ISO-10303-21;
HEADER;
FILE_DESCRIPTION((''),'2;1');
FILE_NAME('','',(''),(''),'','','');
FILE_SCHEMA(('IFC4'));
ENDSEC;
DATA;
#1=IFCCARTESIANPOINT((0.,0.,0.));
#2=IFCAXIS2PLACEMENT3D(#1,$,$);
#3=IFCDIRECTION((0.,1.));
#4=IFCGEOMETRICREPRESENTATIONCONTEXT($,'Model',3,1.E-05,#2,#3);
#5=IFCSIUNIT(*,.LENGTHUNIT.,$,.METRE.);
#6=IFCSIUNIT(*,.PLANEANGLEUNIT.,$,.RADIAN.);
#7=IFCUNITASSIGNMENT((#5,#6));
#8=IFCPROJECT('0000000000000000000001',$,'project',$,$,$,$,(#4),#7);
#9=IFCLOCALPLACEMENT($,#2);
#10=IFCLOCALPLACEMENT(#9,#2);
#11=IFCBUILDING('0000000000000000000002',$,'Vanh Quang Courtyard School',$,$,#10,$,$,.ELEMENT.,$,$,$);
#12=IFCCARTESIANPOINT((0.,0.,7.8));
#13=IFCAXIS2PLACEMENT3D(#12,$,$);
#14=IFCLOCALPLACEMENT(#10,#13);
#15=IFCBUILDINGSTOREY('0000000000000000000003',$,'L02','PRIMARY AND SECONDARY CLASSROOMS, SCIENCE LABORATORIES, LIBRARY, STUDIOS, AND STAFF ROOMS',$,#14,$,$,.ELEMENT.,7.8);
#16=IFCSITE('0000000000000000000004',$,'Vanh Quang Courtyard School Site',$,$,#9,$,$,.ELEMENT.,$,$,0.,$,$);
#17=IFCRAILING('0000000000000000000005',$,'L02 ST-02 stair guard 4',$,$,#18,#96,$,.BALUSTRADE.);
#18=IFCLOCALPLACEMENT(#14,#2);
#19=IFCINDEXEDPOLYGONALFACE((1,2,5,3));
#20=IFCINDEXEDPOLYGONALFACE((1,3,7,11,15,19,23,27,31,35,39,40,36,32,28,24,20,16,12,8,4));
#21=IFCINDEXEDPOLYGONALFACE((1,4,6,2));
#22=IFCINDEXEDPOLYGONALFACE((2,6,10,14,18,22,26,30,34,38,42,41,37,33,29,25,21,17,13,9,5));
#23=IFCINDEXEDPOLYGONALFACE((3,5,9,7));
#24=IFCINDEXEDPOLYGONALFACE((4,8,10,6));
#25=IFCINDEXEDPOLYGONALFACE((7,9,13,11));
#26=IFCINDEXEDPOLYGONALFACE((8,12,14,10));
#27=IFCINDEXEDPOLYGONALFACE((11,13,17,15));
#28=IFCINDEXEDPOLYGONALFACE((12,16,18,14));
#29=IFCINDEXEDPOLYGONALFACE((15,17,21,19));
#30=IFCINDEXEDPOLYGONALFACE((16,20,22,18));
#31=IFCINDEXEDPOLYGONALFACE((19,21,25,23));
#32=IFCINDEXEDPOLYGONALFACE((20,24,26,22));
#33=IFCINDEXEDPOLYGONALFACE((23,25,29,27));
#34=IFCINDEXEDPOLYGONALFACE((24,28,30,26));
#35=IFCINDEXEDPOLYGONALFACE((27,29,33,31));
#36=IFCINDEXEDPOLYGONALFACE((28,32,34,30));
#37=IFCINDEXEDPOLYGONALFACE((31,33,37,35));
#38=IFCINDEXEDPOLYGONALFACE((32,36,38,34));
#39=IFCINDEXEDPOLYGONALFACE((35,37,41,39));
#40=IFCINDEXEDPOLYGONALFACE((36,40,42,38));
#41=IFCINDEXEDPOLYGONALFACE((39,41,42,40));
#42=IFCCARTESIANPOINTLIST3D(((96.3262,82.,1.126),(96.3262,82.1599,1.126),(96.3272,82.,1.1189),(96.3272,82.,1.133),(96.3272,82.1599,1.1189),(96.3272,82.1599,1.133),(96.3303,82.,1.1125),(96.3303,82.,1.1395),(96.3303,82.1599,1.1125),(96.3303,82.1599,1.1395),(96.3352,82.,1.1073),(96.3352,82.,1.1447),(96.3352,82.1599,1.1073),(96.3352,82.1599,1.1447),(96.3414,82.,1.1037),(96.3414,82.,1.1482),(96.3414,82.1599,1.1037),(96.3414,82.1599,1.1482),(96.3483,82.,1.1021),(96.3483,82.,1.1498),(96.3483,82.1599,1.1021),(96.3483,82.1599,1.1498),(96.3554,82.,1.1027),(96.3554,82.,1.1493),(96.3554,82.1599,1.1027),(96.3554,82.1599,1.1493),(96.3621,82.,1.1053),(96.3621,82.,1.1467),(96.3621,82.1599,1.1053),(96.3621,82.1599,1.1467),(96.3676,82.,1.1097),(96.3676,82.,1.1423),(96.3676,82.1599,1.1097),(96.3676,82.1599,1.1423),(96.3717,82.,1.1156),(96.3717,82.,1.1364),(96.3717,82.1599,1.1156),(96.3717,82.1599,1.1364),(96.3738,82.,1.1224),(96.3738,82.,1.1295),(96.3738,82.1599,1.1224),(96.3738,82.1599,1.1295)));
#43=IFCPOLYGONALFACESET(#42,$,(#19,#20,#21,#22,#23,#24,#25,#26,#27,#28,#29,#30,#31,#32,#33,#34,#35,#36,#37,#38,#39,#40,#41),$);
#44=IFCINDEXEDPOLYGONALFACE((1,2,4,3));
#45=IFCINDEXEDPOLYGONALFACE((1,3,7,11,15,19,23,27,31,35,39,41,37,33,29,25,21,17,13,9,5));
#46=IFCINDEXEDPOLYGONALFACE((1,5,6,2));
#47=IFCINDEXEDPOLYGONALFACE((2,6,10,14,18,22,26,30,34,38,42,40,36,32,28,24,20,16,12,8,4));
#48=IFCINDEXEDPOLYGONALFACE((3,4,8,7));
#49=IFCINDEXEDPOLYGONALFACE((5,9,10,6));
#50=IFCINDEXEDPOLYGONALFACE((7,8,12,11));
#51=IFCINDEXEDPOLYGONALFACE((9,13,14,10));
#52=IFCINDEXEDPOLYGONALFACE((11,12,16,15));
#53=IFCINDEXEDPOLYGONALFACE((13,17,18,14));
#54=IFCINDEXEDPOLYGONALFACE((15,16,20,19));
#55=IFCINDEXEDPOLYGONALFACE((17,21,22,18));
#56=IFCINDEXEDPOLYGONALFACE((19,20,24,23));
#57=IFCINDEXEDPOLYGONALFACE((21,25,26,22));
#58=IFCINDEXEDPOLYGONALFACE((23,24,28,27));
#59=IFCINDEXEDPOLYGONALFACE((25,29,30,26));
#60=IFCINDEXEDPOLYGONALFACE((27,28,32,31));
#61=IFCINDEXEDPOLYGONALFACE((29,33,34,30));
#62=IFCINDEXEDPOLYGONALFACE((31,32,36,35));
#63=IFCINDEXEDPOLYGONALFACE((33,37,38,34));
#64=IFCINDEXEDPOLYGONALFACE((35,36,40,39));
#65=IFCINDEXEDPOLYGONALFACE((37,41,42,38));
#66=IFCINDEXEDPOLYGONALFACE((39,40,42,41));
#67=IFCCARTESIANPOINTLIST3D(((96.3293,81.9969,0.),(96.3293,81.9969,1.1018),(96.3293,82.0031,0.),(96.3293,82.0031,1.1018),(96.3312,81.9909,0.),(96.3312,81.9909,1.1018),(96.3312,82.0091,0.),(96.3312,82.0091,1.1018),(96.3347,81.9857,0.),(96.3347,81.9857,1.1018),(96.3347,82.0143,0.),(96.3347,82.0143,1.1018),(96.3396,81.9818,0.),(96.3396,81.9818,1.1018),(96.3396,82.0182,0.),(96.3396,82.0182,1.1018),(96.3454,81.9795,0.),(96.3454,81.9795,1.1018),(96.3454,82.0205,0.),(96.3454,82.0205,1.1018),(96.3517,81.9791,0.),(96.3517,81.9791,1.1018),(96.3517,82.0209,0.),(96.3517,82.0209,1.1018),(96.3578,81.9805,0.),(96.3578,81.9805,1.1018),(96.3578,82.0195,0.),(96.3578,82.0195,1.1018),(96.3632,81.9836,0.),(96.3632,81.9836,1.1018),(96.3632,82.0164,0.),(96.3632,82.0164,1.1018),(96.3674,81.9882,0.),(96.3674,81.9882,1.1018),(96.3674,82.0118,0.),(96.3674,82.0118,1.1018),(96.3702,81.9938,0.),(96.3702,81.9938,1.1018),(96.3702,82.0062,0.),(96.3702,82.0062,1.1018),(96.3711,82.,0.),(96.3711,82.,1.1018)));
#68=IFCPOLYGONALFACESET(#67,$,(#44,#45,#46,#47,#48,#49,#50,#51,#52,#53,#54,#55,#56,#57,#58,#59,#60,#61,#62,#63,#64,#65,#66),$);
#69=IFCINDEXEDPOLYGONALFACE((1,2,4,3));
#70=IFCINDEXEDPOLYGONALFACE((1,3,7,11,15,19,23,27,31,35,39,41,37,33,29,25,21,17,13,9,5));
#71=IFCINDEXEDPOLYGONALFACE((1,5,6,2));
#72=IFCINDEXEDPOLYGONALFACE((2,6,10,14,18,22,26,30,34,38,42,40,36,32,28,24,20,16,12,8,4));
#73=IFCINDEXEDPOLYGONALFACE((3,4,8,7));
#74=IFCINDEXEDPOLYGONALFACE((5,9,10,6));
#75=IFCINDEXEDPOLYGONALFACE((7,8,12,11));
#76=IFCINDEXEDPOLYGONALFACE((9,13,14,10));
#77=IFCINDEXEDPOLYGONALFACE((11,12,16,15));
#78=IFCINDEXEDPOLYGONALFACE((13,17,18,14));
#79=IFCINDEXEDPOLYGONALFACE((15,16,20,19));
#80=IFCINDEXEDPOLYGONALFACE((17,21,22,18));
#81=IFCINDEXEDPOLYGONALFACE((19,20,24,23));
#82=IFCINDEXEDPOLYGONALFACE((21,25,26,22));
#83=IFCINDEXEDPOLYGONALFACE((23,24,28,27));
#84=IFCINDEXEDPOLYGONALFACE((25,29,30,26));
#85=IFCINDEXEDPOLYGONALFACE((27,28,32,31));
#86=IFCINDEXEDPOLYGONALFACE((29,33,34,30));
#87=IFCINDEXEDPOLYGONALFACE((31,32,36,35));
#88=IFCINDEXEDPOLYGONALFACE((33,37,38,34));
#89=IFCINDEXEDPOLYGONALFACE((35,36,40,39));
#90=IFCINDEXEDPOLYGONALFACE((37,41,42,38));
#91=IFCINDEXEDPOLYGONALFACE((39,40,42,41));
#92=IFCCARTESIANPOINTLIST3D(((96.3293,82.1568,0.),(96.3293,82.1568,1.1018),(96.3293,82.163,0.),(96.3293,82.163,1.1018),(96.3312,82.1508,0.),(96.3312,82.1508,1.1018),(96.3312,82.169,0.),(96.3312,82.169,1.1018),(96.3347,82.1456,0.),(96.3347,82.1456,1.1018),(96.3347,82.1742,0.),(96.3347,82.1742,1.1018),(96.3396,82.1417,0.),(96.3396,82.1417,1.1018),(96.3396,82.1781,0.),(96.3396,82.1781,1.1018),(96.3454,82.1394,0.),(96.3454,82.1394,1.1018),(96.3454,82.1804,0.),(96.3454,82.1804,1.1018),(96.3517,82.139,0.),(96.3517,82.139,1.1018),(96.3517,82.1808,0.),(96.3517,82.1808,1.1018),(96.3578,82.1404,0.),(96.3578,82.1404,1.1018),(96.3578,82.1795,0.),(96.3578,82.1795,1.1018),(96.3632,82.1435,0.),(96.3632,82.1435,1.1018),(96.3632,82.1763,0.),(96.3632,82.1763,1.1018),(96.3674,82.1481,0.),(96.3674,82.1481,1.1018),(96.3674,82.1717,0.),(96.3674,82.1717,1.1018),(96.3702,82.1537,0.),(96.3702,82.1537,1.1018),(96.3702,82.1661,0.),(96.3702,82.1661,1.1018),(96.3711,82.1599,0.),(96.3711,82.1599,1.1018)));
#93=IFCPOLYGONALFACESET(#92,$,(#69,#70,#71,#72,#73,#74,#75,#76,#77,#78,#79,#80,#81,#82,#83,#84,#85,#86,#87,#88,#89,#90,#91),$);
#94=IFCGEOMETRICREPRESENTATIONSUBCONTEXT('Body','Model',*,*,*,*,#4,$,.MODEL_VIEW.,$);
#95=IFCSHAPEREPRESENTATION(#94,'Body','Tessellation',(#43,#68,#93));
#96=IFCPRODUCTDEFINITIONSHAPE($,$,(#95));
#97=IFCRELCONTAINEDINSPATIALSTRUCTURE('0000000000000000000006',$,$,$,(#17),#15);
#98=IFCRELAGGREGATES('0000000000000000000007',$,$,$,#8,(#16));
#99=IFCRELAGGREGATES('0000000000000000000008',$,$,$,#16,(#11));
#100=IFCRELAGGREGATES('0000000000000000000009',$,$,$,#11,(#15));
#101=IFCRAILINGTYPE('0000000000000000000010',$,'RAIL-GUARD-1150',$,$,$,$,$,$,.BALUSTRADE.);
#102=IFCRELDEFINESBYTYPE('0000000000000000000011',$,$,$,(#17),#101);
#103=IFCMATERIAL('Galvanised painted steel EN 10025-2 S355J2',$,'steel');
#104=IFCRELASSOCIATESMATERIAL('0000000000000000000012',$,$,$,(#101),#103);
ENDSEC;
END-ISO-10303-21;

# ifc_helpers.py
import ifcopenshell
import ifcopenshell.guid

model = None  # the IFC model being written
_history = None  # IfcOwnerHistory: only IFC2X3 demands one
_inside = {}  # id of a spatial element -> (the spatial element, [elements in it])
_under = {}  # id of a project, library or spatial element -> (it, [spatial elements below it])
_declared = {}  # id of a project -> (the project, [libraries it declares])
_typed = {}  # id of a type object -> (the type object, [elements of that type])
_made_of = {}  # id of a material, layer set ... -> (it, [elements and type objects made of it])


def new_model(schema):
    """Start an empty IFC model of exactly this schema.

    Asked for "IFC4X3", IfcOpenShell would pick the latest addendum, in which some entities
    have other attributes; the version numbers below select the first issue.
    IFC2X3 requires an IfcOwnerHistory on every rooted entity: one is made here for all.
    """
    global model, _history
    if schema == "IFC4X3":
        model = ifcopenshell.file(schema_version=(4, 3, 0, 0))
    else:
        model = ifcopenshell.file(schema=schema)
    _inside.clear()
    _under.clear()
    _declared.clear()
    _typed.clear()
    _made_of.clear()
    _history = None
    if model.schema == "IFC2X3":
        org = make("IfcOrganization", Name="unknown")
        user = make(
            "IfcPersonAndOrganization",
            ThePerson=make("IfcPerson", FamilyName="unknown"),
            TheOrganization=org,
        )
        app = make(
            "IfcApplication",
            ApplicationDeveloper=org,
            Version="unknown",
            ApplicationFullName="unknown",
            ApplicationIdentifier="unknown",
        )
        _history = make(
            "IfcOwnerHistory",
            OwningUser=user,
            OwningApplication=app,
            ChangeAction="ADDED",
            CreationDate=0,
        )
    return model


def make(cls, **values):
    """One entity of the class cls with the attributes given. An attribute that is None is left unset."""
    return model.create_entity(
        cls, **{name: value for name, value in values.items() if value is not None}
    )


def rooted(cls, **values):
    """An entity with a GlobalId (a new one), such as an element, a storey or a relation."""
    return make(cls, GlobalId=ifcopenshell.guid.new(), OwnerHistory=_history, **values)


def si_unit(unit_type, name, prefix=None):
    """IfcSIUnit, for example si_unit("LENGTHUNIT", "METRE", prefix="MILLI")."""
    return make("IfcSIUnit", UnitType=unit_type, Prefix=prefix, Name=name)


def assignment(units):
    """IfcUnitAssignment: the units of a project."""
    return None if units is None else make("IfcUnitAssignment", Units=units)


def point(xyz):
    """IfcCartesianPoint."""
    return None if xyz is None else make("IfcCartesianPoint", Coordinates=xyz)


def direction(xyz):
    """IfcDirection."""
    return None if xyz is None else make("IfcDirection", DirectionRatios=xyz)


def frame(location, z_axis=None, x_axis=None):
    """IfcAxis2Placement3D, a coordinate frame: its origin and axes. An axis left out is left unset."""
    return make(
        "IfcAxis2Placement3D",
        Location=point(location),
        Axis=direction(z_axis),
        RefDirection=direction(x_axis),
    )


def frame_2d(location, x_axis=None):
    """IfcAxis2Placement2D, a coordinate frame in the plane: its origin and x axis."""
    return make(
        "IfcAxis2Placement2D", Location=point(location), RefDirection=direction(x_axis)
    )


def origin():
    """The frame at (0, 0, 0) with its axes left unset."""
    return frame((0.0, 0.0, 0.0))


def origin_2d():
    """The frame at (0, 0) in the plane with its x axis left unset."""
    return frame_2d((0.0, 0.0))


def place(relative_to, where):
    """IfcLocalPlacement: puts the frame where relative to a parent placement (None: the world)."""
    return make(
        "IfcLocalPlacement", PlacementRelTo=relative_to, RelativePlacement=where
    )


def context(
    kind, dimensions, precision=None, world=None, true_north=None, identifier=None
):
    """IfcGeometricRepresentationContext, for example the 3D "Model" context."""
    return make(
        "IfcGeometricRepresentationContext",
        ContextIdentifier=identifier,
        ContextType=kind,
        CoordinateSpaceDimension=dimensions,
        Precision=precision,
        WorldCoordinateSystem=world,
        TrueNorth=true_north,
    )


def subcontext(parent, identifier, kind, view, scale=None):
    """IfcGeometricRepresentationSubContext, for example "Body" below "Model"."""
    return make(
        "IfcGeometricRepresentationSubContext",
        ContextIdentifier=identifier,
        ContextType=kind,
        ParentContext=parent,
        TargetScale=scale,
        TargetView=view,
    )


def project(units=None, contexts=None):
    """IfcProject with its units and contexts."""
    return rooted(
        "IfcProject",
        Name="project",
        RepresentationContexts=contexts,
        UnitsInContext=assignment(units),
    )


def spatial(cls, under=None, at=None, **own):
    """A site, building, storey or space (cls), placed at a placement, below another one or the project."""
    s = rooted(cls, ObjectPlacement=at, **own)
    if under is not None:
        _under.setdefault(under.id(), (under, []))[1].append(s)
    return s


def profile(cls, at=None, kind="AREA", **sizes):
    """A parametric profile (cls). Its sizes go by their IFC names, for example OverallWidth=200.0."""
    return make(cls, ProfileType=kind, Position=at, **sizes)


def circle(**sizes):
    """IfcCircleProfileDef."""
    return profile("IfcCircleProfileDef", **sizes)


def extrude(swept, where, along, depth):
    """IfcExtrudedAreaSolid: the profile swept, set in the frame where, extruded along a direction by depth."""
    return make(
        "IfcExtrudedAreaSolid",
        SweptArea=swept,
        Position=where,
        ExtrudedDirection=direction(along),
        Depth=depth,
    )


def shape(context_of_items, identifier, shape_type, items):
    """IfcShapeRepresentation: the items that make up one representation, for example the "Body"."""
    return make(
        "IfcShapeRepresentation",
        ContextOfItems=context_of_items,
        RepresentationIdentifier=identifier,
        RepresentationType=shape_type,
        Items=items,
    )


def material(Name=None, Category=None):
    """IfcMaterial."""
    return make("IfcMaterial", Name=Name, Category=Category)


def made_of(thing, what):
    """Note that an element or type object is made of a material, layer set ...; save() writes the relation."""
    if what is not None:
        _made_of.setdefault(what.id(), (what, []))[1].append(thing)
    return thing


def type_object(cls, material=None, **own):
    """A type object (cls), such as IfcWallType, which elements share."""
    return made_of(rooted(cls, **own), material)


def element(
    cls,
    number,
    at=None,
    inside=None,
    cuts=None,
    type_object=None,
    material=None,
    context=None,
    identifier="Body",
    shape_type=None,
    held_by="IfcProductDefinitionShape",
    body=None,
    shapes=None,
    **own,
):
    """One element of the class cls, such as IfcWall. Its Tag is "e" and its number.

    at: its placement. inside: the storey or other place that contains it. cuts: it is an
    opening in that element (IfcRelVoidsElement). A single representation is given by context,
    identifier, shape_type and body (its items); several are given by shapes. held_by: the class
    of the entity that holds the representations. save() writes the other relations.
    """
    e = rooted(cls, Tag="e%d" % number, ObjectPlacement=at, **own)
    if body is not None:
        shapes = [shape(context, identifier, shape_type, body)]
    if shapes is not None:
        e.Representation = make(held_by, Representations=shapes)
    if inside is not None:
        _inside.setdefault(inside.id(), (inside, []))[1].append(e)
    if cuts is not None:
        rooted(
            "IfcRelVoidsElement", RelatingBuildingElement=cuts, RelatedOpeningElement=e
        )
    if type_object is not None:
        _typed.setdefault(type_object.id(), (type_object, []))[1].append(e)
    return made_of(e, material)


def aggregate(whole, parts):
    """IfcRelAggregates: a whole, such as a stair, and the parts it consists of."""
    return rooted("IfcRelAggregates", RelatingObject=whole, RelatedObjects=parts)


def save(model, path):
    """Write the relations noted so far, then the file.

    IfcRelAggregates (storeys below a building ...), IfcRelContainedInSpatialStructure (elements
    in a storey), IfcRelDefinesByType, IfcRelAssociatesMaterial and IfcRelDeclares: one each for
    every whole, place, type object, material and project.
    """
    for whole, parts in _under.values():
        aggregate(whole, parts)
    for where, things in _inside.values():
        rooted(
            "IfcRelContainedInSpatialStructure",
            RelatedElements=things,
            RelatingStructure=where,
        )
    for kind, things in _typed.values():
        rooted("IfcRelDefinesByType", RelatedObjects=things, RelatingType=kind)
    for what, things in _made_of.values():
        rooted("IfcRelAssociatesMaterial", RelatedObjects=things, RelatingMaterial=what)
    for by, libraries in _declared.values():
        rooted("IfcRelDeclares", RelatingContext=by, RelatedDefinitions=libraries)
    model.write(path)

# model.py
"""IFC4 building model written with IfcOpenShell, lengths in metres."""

from ifc_helpers import new_model, si_unit, direction, frame, origin, origin_2d, place, context, subcontext, project, spatial, circle, extrude, material, type_object, element, save


model = new_model("IFC4")

# Units and contexts
model_context = context("Model", 3, precision=1e-05, world=origin(), true_north=direction((0.0, 1.0)))
body_context = subcontext(model_context, "Body", "Model", "MODEL_VIEW")
ifc_project = project(units=[si_unit("LENGTHUNIT", "METRE"), si_unit("PLANEANGLEUNIT", "RADIAN")], contexts=[model_context])

# Site, building, storey
site_placement = place(None, origin())
site = spatial("IfcSite", under=ifc_project, at=site_placement, Name="Vanh Quang Courtyard School Site", CompositionType="ELEMENT", RefElevation=0.0)
building_placement = place(site_placement, origin())
building = spatial("IfcBuilding", under=site, at=building_placement, Name="Vanh Quang Courtyard School", CompositionType="ELEMENT")
storey_placement = place(building_placement, frame((0.0, 0.0, 7.8)))
storey = spatial("IfcBuildingStorey", under=building, at=storey_placement, Name="L02", Description="PRIMARY AND SECONDARY CLASSROOMS, SCIENCE LABORATORIES, LIBRARY, STUDIOS, AND STAFF ROOMS", CompositionType="ELEMENT", Elevation=7.8)

# Railing
ifc_material_1 = material(Name="Galvanised painted steel EN 10025-2 S355J2", Category="steel")
railing_type_1 = type_object("IfcRailingType", Name="RAIL-GUARD-1150", PredefinedType="BALUSTRADE", material=ifc_material_1)
railing_1_placement = place(storey_placement, frame((96.3501, 82.0, 0.0)))
element("IfcRailing", 1, at=railing_1_placement, inside=storey, type_object=railing_type_1, Name="L02 ST-02 stair guard 4", PredefinedType="BALUSTRADE", context=body_context, shape_type="SweptSolid", body=[
    extrude(circle(Radius=0.0239, at=origin_2d()), frame((0.0, 0.0, 1.126), z_axis=(0.0, 1.0, 0.0), x_axis=(-1.0, 0.0, 0.0)), (0.0, 0.0, 1.0), 0.1599),
    extrude(circle(Radius=0.021, at=origin_2d()), origin(), (0.0, 0.0, 1.0), 1.1018),
    extrude(circle(Radius=0.021, at=origin_2d()), frame((0.0, 0.1599, 0.0)), (0.0, 0.0, 1.0), 1.1018),
])

save(model, "model.ifc")
